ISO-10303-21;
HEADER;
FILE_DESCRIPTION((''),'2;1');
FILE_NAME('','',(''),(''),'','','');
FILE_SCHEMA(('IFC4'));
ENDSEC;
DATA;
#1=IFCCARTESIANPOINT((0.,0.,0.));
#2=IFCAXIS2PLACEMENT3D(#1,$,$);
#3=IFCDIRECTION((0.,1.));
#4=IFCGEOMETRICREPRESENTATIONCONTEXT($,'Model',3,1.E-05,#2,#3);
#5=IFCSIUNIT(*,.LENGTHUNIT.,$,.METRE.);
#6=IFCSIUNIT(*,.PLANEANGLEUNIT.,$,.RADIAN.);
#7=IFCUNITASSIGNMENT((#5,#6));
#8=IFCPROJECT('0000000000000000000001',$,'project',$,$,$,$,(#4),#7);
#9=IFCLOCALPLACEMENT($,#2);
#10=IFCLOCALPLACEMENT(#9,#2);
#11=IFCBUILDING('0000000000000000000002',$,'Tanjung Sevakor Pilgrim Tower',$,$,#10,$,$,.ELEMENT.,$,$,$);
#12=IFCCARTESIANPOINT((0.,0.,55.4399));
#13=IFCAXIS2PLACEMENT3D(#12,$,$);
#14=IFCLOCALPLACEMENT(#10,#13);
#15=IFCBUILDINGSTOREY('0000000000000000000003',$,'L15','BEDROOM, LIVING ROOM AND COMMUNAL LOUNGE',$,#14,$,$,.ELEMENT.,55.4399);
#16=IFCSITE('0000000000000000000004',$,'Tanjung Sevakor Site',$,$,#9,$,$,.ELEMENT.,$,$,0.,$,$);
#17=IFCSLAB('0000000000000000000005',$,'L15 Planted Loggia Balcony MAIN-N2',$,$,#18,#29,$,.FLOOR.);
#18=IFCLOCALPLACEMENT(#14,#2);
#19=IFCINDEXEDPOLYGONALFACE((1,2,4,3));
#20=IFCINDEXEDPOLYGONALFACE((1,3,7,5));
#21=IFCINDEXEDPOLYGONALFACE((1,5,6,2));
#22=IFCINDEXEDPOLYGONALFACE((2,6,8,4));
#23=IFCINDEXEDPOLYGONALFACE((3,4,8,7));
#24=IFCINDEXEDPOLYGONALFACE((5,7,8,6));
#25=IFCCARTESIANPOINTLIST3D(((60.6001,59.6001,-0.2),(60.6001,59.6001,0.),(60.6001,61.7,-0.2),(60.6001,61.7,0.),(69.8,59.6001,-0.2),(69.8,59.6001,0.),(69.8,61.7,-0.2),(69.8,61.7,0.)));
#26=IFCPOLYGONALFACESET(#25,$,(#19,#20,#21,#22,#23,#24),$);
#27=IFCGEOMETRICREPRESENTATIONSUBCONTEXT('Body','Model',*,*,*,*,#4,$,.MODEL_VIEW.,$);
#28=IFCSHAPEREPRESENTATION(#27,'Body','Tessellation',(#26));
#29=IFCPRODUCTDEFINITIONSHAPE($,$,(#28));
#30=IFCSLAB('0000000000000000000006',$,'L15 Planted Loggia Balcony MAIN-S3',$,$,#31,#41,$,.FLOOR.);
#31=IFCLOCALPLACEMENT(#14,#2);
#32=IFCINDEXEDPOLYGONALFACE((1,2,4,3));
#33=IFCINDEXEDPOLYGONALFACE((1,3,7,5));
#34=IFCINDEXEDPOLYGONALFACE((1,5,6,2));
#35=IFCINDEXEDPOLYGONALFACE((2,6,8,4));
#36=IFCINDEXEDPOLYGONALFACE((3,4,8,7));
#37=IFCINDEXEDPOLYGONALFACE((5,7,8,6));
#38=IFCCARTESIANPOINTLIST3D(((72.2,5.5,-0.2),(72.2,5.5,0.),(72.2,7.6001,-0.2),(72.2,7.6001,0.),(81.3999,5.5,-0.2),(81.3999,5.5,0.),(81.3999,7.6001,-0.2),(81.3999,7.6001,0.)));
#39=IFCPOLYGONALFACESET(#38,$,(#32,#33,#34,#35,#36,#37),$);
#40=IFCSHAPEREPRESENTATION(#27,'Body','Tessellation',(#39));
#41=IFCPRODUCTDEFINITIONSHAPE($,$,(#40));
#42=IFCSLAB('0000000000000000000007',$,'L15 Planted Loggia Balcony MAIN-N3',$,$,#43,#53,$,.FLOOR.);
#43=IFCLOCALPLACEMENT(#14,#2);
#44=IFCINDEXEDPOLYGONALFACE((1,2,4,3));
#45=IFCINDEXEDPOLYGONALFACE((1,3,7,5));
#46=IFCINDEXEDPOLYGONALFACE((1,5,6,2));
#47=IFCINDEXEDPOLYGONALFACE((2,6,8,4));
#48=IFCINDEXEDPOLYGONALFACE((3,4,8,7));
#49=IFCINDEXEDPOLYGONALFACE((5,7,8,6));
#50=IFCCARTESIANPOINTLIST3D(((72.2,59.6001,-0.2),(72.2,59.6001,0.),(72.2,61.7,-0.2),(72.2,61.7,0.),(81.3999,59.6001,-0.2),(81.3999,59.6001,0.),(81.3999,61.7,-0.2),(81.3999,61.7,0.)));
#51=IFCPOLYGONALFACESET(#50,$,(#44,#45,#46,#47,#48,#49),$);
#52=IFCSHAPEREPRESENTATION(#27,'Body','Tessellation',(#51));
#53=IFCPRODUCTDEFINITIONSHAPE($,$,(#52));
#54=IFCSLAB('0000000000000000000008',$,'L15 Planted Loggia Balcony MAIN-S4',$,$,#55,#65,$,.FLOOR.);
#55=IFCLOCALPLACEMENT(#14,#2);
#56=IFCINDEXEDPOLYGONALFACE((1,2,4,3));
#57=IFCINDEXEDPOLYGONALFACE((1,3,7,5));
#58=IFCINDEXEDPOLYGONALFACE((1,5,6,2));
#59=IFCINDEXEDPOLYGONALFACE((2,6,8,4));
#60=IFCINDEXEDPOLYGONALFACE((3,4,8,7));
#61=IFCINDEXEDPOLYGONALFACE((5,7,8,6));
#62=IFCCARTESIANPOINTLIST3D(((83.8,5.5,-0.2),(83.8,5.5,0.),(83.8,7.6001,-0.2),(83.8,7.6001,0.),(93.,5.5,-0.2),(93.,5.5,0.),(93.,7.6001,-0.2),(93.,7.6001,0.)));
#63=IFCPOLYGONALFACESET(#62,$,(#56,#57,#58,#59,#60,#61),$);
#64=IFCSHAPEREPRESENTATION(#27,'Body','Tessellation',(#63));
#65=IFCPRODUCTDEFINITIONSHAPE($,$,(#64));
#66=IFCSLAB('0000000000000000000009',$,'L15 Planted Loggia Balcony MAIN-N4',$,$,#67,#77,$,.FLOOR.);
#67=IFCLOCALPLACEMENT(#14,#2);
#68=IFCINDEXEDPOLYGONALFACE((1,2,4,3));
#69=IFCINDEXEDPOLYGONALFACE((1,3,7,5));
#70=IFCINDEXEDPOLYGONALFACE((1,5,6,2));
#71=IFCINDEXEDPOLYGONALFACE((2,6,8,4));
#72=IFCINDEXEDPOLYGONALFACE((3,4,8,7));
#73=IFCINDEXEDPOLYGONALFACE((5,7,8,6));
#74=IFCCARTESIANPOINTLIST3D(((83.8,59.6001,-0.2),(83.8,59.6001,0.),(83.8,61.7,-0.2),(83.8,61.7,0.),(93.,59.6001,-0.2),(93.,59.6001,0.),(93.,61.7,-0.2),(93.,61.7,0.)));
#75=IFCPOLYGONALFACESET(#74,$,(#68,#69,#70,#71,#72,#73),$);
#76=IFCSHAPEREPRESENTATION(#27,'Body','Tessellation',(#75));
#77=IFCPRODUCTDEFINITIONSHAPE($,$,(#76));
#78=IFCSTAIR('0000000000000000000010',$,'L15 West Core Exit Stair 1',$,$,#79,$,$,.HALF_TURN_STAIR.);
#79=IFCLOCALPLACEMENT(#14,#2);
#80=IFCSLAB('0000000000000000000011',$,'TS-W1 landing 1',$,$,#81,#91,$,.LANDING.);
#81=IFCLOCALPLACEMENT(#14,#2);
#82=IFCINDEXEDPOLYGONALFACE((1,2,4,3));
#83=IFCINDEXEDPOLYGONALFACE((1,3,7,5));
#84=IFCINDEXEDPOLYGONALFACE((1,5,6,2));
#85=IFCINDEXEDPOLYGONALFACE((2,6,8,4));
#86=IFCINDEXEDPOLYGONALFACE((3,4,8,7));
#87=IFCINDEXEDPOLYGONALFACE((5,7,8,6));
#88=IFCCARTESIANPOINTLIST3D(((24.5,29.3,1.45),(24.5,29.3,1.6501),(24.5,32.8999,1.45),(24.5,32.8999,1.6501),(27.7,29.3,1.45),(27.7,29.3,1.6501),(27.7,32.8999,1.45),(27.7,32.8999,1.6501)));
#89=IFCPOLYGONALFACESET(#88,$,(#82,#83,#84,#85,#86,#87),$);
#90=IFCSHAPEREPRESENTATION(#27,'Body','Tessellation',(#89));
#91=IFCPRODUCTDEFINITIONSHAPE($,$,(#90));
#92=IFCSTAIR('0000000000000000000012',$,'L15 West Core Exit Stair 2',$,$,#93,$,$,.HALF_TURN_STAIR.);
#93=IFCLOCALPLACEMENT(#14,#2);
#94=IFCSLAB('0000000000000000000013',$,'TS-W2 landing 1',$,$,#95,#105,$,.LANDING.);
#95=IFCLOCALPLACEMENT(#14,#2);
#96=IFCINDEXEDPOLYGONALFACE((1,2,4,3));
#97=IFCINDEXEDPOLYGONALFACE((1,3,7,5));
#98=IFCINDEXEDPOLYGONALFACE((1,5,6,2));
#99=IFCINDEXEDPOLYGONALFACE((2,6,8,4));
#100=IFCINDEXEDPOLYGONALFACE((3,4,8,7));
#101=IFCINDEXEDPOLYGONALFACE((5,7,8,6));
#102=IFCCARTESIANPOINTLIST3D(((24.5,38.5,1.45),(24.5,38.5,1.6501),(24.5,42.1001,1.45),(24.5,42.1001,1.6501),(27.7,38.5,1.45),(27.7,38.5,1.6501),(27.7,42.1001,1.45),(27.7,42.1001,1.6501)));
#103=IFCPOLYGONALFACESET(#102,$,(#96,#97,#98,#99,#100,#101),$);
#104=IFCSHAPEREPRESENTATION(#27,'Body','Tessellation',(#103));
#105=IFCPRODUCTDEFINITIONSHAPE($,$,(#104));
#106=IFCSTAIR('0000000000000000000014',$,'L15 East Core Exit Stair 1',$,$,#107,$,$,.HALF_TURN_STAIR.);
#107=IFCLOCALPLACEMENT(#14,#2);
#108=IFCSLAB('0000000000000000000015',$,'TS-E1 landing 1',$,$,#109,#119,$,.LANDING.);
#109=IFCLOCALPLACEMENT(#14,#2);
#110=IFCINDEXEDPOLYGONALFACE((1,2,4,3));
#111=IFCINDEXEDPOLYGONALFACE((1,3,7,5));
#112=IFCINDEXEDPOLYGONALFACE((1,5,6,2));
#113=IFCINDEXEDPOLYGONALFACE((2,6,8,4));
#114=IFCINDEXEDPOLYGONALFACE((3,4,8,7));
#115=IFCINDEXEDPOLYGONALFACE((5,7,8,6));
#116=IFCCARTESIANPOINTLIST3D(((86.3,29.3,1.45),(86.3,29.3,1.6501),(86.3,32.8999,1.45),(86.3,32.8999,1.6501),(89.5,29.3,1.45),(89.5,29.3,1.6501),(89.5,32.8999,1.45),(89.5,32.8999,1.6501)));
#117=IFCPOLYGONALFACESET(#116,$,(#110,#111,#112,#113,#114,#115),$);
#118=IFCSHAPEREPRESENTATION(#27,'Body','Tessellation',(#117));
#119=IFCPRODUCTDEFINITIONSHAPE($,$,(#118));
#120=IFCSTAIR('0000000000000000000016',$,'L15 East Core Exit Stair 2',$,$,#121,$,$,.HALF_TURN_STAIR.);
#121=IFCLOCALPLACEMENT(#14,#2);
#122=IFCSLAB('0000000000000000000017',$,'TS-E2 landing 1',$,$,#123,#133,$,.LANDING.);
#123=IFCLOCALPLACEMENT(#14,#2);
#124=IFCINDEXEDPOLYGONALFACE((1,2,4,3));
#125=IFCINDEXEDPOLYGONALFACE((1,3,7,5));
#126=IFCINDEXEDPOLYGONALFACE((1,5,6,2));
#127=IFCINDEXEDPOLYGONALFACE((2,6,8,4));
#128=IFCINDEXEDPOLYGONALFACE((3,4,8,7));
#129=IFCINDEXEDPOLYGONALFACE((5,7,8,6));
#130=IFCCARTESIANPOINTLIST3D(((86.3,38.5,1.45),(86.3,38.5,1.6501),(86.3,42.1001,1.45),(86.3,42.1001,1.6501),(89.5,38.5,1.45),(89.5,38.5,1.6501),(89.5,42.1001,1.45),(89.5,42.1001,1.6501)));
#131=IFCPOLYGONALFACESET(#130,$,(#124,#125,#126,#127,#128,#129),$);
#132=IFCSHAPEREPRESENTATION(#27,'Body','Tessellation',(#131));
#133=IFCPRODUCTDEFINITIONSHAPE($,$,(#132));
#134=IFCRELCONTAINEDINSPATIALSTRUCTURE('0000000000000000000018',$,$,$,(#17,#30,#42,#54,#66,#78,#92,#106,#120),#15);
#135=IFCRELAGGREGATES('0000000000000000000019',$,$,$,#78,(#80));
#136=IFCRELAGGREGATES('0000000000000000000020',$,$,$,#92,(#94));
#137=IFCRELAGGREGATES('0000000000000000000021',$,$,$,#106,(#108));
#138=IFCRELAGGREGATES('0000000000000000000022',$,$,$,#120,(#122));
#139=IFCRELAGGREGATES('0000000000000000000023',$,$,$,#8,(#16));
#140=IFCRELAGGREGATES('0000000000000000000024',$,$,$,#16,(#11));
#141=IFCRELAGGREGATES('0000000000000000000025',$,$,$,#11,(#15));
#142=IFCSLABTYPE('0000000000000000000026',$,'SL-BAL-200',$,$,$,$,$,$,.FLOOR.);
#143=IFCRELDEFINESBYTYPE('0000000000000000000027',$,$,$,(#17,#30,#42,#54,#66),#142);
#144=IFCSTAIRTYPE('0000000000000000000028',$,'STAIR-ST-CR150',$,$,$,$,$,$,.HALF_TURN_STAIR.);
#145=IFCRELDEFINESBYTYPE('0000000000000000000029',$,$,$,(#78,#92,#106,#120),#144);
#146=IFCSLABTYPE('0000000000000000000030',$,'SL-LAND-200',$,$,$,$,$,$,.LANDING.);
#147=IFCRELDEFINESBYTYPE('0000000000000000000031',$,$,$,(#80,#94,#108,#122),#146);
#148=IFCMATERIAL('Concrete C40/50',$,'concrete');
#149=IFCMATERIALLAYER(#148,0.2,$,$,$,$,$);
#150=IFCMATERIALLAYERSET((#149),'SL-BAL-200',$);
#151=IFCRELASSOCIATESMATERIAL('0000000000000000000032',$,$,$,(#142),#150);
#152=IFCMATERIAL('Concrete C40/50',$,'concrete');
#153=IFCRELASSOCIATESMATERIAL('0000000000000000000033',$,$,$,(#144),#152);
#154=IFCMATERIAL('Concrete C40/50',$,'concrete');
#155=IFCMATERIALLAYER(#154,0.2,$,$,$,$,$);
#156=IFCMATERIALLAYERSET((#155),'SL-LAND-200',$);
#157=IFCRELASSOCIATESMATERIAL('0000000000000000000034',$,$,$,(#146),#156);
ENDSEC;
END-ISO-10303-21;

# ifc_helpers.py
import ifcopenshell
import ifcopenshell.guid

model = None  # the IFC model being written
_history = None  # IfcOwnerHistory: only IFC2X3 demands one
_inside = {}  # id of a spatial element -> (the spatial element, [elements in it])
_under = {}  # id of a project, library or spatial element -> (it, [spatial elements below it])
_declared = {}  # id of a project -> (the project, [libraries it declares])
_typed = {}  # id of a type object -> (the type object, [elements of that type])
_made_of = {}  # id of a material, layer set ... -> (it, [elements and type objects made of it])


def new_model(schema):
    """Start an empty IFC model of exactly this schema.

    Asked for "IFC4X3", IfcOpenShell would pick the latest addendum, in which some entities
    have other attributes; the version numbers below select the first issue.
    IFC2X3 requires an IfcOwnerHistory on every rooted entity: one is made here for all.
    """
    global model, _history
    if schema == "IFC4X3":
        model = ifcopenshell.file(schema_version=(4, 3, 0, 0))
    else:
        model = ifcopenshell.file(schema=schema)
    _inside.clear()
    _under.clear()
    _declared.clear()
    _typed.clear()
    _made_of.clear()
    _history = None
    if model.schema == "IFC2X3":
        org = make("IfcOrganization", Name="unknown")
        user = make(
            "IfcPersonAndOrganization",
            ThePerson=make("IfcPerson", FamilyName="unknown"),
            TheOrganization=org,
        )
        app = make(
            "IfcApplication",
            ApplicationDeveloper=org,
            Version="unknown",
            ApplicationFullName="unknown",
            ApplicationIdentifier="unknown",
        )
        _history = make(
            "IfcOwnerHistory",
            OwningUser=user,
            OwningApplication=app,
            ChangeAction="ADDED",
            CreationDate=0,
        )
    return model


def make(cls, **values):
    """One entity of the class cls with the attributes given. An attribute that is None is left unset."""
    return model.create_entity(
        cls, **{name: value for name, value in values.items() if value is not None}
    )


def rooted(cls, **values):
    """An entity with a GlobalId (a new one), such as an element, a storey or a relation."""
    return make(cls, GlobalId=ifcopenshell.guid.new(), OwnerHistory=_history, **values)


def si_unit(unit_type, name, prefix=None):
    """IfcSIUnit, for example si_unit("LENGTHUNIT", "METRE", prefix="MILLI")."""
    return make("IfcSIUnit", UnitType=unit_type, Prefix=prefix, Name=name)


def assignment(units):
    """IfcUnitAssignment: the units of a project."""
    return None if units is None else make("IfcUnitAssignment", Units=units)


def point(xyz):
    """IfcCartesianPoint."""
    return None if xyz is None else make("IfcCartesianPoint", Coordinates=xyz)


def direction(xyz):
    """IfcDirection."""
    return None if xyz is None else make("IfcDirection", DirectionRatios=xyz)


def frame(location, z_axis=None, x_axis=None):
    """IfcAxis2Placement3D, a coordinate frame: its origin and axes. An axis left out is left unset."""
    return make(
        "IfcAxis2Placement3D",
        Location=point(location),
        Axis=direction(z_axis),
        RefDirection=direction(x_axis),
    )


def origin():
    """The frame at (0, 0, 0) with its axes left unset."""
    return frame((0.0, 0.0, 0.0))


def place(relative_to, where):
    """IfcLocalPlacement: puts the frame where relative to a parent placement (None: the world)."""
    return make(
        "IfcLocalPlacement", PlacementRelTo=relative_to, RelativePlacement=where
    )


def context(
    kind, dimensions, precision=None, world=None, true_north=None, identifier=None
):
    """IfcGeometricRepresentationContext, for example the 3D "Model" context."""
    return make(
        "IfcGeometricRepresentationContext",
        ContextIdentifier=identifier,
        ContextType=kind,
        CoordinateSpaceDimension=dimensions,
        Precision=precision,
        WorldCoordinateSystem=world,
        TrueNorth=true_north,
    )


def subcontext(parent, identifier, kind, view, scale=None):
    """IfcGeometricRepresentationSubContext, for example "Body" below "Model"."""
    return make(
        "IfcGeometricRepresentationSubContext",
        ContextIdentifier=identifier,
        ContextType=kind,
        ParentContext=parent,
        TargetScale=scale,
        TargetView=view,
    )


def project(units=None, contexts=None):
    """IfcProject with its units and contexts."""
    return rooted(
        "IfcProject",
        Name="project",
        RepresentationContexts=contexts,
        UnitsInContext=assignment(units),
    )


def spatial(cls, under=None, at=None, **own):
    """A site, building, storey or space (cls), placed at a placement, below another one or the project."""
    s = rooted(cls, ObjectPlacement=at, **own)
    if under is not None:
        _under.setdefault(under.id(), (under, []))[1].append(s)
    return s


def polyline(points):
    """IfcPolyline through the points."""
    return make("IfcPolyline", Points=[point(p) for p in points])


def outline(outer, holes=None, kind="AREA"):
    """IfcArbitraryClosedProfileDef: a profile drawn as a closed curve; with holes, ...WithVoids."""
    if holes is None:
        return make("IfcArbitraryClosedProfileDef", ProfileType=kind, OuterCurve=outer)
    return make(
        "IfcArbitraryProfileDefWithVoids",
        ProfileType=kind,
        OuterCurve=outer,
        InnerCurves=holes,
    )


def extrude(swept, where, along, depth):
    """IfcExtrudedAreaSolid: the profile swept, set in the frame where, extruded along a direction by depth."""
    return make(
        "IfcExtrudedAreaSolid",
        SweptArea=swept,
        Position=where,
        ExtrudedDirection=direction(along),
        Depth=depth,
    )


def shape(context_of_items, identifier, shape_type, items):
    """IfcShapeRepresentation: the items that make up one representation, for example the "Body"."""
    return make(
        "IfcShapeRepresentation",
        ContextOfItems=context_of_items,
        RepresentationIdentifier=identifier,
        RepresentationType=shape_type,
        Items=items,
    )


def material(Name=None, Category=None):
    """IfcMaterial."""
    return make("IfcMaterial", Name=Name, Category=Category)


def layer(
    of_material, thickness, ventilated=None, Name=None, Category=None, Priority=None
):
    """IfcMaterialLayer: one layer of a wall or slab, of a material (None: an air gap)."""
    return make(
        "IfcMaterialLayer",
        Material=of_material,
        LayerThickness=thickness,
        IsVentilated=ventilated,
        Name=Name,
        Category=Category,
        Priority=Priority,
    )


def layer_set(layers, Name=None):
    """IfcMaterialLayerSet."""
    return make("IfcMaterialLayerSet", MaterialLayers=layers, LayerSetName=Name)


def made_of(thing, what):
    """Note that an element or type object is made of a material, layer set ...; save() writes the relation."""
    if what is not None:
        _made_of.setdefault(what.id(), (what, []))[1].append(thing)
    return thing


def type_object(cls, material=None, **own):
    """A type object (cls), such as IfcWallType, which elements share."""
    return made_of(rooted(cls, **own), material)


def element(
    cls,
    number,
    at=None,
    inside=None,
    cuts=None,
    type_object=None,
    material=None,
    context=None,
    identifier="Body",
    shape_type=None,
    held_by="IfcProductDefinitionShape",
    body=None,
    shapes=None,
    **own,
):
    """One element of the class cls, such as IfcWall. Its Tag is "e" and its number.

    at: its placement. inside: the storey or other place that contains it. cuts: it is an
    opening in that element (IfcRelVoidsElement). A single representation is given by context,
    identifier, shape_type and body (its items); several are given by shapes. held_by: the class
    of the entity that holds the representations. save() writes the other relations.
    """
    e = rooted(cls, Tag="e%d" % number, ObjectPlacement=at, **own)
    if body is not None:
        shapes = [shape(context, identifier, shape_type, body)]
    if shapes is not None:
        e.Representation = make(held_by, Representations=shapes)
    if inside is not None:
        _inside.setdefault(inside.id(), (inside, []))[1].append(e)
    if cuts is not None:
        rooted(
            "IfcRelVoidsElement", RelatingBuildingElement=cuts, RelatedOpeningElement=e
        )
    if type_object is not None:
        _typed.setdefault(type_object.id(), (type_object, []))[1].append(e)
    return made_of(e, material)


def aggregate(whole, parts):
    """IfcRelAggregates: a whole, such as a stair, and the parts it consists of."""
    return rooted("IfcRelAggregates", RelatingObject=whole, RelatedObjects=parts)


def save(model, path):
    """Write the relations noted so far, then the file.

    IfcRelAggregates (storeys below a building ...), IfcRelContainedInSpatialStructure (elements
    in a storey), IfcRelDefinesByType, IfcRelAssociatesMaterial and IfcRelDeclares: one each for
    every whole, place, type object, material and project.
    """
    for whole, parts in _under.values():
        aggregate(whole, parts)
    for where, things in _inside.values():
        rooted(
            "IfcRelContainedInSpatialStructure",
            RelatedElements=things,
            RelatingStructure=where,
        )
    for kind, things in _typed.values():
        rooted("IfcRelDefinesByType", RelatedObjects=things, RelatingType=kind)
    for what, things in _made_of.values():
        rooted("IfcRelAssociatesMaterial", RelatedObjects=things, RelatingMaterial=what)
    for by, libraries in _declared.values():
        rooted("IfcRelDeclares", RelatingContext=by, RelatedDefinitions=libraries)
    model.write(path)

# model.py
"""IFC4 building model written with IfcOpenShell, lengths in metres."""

from ifc_helpers import new_model, si_unit, direction, frame, origin, place, context, subcontext, project, spatial, polyline, outline, extrude, material, layer, layer_set, type_object, element, aggregate, save


model = new_model("IFC4")

# Units and contexts
model_context = context("Model", 3, precision=1e-05, world=origin(), true_north=direction((0.0, 1.0)))
body_context = subcontext(model_context, "Body", "Model", "MODEL_VIEW")
ifc_project = project(units=[si_unit("LENGTHUNIT", "METRE"), si_unit("PLANEANGLEUNIT", "RADIAN")], contexts=[model_context])

# Site, building, storey
site_placement = place(None, origin())
site = spatial("IfcSite", under=ifc_project, at=site_placement, Name="Tanjung Sevakor Site", CompositionType="ELEMENT", RefElevation=0.0)
building_placement = place(site_placement, origin())
building = spatial("IfcBuilding", under=site, at=building_placement, Name="Tanjung Sevakor Pilgrim Tower", CompositionType="ELEMENT")
storey_placement = place(building_placement, frame((0.0, 0.0, 55.4399)))
storey = spatial("IfcBuildingStorey", under=building, at=storey_placement, Name="L15", Description="BEDROOM, LIVING ROOM AND COMMUNAL LOUNGE", CompositionType="ELEMENT", Elevation=55.4399)

# Slabs
ifc_material_1 = material(Name="Concrete C40/50", Category="concrete")
ifc_layer_1 = layer(ifc_material_1, 0.2)
ifc_layer_set_1 = layer_set([ifc_layer_1], Name="SL-BAL-200")
slab_type_1 = type_object("IfcSlabType", Name="SL-BAL-200", PredefinedType="FLOOR", material=ifc_layer_set_1)
slab_1_placement = place(storey_placement, frame((0.0, 0.0, -0.2)))
element("IfcSlab", 1, at=slab_1_placement, inside=storey, type_object=slab_type_1, Name="L15 Planted Loggia Balcony MAIN-N2", PredefinedType="FLOOR", context=body_context, shape_type="SweptSolid", body=[
    extrude(outline(polyline([(60.6001, 59.6001), (69.8, 59.6001), (69.8, 61.7), (60.6001, 61.7), (60.6001, 59.6001)])), origin(), (0.0, 0.0, 1.0), 0.2),
])
slab_2_placement = place(storey_placement, frame((0.0, 0.0, -0.2)))
element("IfcSlab", 2, at=slab_2_placement, inside=storey, type_object=slab_type_1, Name="L15 Planted Loggia Balcony MAIN-S3", PredefinedType="FLOOR", context=body_context, shape_type="SweptSolid", body=[
    extrude(outline(polyline([(72.2, 5.5), (81.3999, 5.5), (81.3999, 7.6001), (72.2, 7.6001), (72.2, 5.5)])), origin(), (0.0, 0.0, 1.0), 0.2),
])
slab_3_placement = place(storey_placement, frame((0.0, 0.0, -0.2)))
element("IfcSlab", 3, at=slab_3_placement, inside=storey, type_object=slab_type_1, Name="L15 Planted Loggia Balcony MAIN-N3", PredefinedType="FLOOR", context=body_context, shape_type="SweptSolid", body=[
    extrude(outline(polyline([(72.2, 59.6001), (81.3999, 59.6001), (81.3999, 61.7), (72.2, 61.7), (72.2, 59.6001)])), origin(), (0.0, 0.0, 1.0), 0.2),
])
slab_4_placement = place(storey_placement, frame((0.0, 0.0, -0.2)))
element("IfcSlab", 4, at=slab_4_placement, inside=storey, type_object=slab_type_1, Name="L15 Planted Loggia Balcony MAIN-S4", PredefinedType="FLOOR", context=body_context, shape_type="SweptSolid", body=[
    extrude(outline(polyline([(83.8, 5.5), (93.0, 5.5), (93.0, 7.6001), (83.8, 7.6001), (83.8, 5.5)])), origin(), (0.0, 0.0, 1.0), 0.2),
])
slab_5_placement = place(storey_placement, frame((0.0, 0.0, -0.2)))
element("IfcSlab", 5, at=slab_5_placement, inside=storey, type_object=slab_type_1, Name="L15 Planted Loggia Balcony MAIN-N4", PredefinedType="FLOOR", context=body_context, shape_type="SweptSolid", body=[
    extrude(outline(polyline([(83.8, 59.6001), (93.0, 59.6001), (93.0, 61.7), (83.8, 61.7), (83.8, 59.6001)])), origin(), (0.0, 0.0, 1.0), 0.2),
])

# Stairs, slabs
ifc_material_2 = material(Name="Concrete C40/50", Category="concrete")
stair_type = type_object("IfcStairType", Name="STAIR-ST-CR150", PredefinedType="HALF_TURN_STAIR", material=ifc_material_2)
stair_1_placement = place(storey_placement, origin())
stair_1 = element("IfcStair", 6, at=stair_1_placement, inside=storey, type_object=stair_type, Name="L15 West Core Exit Stair 1", PredefinedType="HALF_TURN_STAIR")
ifc_material_3 = material(Name="Concrete C40/50", Category="concrete")
ifc_layer_2 = layer(ifc_material_3, 0.2)
ifc_layer_set_2 = layer_set([ifc_layer_2], Name="SL-LAND-200")
slab_type_2 = type_object("IfcSlabType", Name="SL-LAND-200", PredefinedType="LANDING", material=ifc_layer_set_2)
slab_6_placement = place(storey_placement, frame((0.0, 0.0, 1.45)))
slab_6 = element("IfcSlab", 7, at=slab_6_placement, type_object=slab_type_2, Name="TS-W1 landing 1", PredefinedType="LANDING", context=body_context, shape_type="SweptSolid", body=[
    extrude(outline(polyline([(27.7, 29.3), (27.7, 32.8999), (24.5, 32.8999), (24.5, 29.3), (27.7, 29.3)])), origin(), (0.0, 0.0, 1.0), 0.2002),
])
aggregate(stair_1, [slab_6])
stair_2_placement = place(storey_placement, origin())
stair_2 = element("IfcStair", 8, at=stair_2_placement, inside=storey, type_object=stair_type, Name="L15 West Core Exit Stair 2", PredefinedType="HALF_TURN_STAIR")
slab_7_placement = place(storey_placement, frame((0.0, 0.0, 1.45)))
slab_7 = element("IfcSlab", 9, at=slab_7_placement, type_object=slab_type_2, Name="TS-W2 landing 1", PredefinedType="LANDING", context=body_context, shape_type="SweptSolid", body=[
    extrude(outline(polyline([(27.7, 38.5), (27.7, 42.1001), (24.5, 42.1001), (24.5, 38.5), (27.7, 38.5)])), origin(), (0.0, 0.0, 1.0), 0.2002),
])
aggregate(stair_2, [slab_7])
stair_3_placement = place(storey_placement, origin())
stair_3 = element("IfcStair", 10, at=stair_3_placement, inside=storey, type_object=stair_type, Name="L15 East Core Exit Stair 1", PredefinedType="HALF_TURN_STAIR")
slab_8_placement = place(storey_placement, frame((0.0, 0.0, 1.45)))
slab_8 = element("IfcSlab", 11, at=slab_8_placement, type_object=slab_type_2, Name="TS-E1 landing 1", PredefinedType="LANDING", context=body_context, shape_type="SweptSolid", body=[
    extrude(outline(polyline([(89.5, 29.3), (89.5, 32.8999), (86.3, 32.8999), (86.3, 29.3), (89.5, 29.3)])), origin(), (0.0, 0.0, 1.0), 0.2002),
])
aggregate(stair_3, [slab_8])
stair_4_placement = place(storey_placement, origin())
stair_4 = element("IfcStair", 12, at=stair_4_placement, inside=storey, type_object=stair_type, Name="L15 East Core Exit Stair 2", PredefinedType="HALF_TURN_STAIR")
slab_9_placement = place(storey_placement, frame((0.0, 0.0, 1.45)))
slab_9 = element("IfcSlab", 13, at=slab_9_placement, type_object=slab_type_2, Name="TS-E2 landing 1", PredefinedType="LANDING", context=body_context, shape_type="SweptSolid", body=[
    extrude(outline(polyline([(89.5, 38.5), (89.5, 42.1001), (86.3, 42.1001), (86.3, 38.5), (89.5, 38.5)])), origin(), (0.0, 0.0, 1.0), 0.2002),
])
aggregate(stair_4, [slab_9])

save(model, "model.ifc")
